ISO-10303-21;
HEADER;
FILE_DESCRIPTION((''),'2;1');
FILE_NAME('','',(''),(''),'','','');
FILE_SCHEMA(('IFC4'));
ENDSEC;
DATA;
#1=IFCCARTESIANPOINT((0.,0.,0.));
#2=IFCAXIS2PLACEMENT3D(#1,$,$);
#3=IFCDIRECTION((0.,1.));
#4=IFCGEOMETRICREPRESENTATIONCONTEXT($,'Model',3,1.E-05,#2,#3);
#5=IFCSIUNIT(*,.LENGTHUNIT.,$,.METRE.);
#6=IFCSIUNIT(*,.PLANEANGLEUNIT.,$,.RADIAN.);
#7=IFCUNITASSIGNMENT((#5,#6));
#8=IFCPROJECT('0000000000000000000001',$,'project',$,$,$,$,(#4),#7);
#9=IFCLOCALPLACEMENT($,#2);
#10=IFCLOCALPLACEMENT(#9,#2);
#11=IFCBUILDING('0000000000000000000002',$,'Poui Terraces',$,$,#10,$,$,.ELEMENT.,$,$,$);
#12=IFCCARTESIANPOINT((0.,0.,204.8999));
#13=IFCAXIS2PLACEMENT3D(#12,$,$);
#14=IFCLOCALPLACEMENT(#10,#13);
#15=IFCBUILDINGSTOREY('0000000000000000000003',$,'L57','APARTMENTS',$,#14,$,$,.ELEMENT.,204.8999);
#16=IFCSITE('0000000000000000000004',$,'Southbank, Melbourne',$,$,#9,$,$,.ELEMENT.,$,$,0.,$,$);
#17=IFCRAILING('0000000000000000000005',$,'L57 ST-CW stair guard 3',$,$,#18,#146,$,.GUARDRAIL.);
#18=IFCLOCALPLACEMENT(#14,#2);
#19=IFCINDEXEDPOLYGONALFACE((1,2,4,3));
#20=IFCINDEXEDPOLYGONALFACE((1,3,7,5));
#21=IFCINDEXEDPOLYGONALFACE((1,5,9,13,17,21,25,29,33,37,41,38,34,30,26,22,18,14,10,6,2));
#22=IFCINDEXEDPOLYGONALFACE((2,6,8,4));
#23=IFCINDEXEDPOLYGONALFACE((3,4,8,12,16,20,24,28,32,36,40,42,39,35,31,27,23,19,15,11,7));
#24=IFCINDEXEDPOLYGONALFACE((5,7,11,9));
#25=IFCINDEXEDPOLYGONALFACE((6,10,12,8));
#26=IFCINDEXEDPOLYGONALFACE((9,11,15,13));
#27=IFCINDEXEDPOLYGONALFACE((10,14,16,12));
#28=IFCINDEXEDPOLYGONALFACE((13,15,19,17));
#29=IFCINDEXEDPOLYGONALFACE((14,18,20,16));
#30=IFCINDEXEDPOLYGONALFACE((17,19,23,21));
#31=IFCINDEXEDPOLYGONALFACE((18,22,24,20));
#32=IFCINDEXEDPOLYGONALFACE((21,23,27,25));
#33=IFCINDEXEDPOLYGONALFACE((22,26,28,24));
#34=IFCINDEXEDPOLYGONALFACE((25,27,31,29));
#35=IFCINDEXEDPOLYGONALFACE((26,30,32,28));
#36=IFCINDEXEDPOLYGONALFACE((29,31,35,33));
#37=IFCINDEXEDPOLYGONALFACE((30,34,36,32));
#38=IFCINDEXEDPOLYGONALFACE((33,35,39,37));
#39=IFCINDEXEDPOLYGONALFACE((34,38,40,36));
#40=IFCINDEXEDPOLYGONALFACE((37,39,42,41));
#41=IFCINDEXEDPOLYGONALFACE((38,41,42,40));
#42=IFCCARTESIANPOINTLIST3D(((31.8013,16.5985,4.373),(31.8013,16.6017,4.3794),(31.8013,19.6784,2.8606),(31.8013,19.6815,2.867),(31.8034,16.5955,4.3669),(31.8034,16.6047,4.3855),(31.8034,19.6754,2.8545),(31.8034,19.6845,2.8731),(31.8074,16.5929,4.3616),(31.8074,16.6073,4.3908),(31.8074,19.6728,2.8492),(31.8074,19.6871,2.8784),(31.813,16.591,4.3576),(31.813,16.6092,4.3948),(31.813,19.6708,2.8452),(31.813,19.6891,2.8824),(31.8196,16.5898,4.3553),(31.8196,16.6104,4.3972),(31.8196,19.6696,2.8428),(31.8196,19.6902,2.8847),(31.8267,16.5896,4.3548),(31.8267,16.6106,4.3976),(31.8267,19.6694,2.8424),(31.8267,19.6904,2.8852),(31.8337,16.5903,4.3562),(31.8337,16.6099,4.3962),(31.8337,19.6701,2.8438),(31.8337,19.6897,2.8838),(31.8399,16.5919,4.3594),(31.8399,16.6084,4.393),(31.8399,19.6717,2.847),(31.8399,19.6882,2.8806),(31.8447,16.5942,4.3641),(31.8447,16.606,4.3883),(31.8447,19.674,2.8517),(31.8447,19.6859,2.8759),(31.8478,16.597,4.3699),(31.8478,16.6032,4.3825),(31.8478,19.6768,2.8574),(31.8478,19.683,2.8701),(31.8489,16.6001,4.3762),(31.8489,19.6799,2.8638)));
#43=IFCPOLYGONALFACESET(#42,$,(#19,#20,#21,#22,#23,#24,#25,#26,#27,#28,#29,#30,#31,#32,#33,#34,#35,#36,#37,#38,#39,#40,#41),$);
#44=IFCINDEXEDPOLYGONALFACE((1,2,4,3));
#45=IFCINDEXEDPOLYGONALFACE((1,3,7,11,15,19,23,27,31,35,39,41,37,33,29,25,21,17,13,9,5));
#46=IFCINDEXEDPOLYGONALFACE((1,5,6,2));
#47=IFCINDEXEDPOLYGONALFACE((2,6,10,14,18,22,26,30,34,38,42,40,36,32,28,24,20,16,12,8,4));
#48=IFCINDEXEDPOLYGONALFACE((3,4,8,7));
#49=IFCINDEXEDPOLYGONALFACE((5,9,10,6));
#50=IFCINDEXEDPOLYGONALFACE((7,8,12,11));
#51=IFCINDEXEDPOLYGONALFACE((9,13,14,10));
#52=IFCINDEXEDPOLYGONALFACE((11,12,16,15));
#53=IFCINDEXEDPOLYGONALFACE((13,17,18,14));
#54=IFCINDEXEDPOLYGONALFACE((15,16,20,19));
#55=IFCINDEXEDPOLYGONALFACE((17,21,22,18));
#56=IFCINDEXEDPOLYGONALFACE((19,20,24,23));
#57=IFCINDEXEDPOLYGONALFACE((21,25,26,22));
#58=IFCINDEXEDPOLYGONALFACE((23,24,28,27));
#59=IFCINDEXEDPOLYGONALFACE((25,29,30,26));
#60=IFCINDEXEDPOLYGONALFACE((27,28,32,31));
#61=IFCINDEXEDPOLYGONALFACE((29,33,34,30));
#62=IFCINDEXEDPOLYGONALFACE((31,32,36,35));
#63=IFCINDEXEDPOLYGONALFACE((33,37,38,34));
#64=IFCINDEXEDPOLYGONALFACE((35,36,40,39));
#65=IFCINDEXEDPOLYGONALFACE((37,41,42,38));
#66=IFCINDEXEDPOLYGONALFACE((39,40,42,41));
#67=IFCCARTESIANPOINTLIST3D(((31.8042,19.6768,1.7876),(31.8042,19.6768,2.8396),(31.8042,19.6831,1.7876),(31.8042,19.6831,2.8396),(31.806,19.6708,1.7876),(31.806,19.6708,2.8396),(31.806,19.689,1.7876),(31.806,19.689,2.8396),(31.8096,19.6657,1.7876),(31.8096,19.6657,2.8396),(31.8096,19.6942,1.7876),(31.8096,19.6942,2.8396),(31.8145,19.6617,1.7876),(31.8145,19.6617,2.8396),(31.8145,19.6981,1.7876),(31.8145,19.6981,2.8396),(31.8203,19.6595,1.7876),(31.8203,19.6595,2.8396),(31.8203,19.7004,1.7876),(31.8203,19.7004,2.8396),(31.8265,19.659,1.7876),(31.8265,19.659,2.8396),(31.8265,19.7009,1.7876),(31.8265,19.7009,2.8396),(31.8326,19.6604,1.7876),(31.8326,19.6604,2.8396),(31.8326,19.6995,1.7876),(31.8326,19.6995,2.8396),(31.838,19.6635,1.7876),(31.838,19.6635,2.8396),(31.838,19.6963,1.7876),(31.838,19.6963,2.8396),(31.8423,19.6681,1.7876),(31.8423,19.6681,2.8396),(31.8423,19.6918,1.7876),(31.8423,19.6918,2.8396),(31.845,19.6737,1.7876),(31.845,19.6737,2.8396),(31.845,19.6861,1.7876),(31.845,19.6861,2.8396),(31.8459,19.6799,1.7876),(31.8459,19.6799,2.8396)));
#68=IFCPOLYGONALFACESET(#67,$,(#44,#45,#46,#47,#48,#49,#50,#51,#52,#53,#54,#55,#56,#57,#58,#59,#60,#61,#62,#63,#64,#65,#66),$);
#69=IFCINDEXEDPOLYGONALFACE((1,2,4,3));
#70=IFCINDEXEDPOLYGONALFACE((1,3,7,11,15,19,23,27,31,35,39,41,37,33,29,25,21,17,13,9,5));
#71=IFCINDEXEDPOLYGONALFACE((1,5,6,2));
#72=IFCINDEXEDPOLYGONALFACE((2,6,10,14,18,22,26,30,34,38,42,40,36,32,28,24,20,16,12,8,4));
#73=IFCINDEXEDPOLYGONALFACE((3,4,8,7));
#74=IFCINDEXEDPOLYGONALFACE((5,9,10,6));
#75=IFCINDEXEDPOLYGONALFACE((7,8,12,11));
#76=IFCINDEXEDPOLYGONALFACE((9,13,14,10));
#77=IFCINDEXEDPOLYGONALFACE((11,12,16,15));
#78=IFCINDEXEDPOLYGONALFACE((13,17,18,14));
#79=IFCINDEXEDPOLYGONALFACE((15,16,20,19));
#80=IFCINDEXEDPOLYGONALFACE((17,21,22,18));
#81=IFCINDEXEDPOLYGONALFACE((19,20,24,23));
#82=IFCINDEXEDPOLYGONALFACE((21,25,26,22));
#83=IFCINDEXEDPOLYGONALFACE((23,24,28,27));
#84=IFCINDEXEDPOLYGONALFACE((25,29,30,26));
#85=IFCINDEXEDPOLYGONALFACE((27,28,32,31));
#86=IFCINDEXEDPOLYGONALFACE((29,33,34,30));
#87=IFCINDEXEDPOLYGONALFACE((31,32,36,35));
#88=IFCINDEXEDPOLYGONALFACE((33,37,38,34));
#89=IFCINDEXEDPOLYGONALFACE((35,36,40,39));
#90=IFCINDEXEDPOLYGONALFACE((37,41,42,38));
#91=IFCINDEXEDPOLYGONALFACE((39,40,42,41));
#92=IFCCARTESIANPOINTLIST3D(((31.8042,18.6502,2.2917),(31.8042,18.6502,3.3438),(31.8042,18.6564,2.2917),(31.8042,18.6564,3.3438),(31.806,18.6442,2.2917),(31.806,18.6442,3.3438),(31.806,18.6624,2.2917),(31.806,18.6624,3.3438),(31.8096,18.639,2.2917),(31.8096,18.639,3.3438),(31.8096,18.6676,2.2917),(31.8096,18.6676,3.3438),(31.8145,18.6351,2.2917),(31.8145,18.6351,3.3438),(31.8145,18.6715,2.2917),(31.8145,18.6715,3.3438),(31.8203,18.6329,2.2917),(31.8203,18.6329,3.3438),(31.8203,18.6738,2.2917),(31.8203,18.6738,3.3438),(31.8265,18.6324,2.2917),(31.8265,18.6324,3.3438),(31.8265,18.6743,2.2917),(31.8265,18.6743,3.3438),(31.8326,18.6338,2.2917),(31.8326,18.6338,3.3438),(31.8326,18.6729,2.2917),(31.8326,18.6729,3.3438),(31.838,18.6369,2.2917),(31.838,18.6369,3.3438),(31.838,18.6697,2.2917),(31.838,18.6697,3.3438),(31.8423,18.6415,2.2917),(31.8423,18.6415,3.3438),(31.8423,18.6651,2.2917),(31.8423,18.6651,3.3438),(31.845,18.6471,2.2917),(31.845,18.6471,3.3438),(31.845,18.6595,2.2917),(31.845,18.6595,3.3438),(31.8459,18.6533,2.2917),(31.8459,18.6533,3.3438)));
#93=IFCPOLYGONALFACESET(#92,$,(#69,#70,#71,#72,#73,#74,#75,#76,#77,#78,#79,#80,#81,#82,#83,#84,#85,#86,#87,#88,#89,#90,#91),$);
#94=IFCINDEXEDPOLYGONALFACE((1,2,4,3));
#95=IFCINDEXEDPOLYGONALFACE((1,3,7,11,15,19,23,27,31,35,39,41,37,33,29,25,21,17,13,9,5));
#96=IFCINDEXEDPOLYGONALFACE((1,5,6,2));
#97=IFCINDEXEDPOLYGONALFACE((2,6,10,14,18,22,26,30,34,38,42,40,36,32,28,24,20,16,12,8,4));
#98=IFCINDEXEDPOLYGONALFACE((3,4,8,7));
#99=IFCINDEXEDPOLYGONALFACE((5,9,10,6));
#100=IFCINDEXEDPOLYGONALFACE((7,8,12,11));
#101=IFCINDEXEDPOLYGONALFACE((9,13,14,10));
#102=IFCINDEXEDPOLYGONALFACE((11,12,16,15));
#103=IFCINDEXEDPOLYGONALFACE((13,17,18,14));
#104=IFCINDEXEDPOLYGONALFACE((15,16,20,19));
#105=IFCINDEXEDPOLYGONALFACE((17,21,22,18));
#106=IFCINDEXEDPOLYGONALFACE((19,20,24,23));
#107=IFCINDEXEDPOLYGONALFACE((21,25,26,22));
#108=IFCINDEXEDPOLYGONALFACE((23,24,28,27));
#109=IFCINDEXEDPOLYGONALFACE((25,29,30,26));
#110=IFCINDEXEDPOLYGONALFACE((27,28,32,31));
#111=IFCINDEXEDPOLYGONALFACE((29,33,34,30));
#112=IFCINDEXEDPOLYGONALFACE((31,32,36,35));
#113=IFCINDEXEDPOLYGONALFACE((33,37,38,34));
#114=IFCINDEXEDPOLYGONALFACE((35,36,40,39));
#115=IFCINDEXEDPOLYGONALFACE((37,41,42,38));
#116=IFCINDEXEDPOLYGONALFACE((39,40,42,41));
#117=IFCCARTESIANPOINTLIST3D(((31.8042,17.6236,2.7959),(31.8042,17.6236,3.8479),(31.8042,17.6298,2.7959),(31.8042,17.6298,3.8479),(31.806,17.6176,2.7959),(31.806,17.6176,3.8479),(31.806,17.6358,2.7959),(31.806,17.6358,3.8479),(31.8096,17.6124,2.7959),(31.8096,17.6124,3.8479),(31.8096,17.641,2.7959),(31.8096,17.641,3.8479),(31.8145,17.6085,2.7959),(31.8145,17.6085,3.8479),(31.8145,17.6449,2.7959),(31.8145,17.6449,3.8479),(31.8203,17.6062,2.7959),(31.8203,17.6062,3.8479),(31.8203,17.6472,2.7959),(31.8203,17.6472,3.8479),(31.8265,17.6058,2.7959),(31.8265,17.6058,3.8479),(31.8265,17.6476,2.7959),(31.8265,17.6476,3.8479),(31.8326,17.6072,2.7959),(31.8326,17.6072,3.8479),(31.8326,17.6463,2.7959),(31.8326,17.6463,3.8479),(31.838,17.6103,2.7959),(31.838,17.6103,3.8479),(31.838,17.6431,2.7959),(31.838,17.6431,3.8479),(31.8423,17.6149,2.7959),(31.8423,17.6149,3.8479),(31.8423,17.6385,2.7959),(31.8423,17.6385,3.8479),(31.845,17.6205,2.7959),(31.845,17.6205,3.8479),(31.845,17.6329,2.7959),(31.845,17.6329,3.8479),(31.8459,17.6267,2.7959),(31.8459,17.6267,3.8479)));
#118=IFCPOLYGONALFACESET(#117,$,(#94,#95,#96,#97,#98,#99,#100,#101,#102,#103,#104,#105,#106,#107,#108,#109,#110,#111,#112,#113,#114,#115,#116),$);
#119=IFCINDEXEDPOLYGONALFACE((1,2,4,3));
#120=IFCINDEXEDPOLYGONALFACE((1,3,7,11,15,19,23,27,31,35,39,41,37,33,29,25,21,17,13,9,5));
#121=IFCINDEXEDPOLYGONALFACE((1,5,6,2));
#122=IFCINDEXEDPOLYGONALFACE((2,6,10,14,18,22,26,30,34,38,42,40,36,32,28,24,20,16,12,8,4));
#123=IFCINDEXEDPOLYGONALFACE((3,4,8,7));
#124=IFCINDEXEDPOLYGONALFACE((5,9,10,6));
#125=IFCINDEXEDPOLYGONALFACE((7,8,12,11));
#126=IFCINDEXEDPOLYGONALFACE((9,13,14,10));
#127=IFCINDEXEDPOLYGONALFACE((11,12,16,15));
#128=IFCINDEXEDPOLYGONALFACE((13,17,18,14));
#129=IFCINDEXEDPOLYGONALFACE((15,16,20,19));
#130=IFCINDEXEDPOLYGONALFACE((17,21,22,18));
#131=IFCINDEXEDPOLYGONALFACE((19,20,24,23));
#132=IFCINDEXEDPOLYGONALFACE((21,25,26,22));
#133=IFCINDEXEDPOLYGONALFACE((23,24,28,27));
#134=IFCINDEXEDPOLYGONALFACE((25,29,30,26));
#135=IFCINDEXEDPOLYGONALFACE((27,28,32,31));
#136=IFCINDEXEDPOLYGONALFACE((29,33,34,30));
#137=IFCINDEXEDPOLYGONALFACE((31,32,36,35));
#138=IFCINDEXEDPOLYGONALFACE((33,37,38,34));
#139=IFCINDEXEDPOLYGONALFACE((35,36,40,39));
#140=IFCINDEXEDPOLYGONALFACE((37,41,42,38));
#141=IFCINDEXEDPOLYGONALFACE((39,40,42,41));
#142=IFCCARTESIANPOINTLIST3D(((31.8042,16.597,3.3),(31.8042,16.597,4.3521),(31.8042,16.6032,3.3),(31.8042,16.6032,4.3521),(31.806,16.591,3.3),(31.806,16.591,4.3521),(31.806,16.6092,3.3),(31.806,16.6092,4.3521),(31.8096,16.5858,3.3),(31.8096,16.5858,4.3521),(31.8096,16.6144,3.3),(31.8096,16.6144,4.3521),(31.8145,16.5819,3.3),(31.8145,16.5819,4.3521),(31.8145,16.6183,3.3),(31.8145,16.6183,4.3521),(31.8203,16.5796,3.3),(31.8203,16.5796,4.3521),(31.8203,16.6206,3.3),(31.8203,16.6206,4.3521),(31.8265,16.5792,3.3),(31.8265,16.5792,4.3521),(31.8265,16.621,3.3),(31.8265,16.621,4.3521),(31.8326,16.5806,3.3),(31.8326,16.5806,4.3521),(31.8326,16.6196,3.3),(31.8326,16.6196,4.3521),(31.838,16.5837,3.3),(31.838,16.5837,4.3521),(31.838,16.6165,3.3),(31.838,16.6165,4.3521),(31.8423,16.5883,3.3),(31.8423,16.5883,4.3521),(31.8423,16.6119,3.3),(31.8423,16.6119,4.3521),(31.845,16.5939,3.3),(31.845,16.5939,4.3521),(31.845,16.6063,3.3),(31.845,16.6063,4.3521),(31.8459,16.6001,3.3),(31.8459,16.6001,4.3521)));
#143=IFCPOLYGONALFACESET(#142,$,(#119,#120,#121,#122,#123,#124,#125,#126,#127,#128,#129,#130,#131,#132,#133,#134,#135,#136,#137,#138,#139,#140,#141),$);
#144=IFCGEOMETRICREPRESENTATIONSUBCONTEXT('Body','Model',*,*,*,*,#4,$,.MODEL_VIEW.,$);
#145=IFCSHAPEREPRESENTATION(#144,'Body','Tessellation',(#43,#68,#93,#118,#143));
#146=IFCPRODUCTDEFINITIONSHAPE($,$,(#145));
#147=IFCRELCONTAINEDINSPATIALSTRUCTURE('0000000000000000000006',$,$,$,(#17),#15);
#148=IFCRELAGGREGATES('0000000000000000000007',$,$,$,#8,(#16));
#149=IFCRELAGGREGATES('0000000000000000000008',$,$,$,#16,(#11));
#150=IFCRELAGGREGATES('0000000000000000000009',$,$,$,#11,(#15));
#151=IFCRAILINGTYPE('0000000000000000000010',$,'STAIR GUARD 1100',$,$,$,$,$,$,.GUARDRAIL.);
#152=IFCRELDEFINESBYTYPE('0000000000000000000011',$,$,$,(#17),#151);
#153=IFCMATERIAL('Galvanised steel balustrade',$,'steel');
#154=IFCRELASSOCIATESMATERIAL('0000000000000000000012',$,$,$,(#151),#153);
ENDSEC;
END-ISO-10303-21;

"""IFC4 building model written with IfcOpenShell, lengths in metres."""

from ifc_helpers import new_model, si_unit, direction, frame, origin, origin_2d, place, context, subcontext, project, spatial, circle, extrude, material, type_object, element, save


model = new_model("IFC4")

# Units and contexts
model_context = context("Model", 3, precision=1e-05, world=origin(), true_north=direction((0.0, 1.0)))
body_context = subcontext(model_context, "Body", "Model", "MODEL_VIEW")
ifc_project = project(units=[si_unit("LENGTHUNIT", "METRE"), si_unit("PLANEANGLEUNIT", "RADIAN")], contexts=[model_context])

# Site, building, storey
site_placement = place(None, origin())
site = spatial("IfcSite", under=ifc_project, at=site_placement, Name="Southbank, Melbourne", CompositionType="ELEMENT", RefElevation=0.0)
building_placement = place(site_placement, origin())
building = spatial("IfcBuilding", under=site, at=building_placement, Name="Poui Terraces", CompositionType="ELEMENT")
storey_placement = place(building_placement, frame((0.0, 0.0, 204.8999)))
storey = spatial("IfcBuildingStorey", under=building, at=storey_placement, Name="L57", Description="APARTMENTS", CompositionType="ELEMENT", Elevation=204.8999)

# Railing
ifc_material_1 = material(Name="Galvanised steel balustrade", Category="steel")
railing_type_1 = type_object("IfcRailingType", Name="STAIR GUARD 1100", PredefinedType="GUARDRAIL", material=ifc_material_1)
railing_1_placement = place(storey_placement, frame((31.825, 19.6799, 1.7876)))
element("IfcRailing", 1, at=railing_1_placement, inside=storey, type_object=railing_type_1, Name="L57 ST-CW stair guard 3", PredefinedType="GUARDRAIL", context=body_context, shape_type="SweptSolid", body=[
    extrude(circle(Radius=0.0239, at=origin_2d()), frame((0.0, 0.0, 1.0762), z_axis=(0.0, -0.897606, 0.440798), x_axis=(1.0, 0.0, 0.0)), (0.0, 0.0, 1.0), 3.4312),
    extrude(circle(Radius=0.021, at=origin_2d()), origin(), (0.0, 0.0, 1.0), 1.052),
    extrude(circle(Radius=0.021, at=origin_2d()), frame((0.0, -1.0266, 0.5042)), (0.0, 0.0, 1.0), 1.052),
    extrude(circle(Radius=0.021, at=origin_2d()), frame((0.0, -2.0532, 1.0083)), (0.0, 0.0, 1.0), 1.052),
    extrude(circle(Radius=0.021, at=origin_2d()), frame((0.0, -3.0798, 1.5125)), (0.0, 0.0, 1.0), 1.052),
])

save(model, "model.ifc")
